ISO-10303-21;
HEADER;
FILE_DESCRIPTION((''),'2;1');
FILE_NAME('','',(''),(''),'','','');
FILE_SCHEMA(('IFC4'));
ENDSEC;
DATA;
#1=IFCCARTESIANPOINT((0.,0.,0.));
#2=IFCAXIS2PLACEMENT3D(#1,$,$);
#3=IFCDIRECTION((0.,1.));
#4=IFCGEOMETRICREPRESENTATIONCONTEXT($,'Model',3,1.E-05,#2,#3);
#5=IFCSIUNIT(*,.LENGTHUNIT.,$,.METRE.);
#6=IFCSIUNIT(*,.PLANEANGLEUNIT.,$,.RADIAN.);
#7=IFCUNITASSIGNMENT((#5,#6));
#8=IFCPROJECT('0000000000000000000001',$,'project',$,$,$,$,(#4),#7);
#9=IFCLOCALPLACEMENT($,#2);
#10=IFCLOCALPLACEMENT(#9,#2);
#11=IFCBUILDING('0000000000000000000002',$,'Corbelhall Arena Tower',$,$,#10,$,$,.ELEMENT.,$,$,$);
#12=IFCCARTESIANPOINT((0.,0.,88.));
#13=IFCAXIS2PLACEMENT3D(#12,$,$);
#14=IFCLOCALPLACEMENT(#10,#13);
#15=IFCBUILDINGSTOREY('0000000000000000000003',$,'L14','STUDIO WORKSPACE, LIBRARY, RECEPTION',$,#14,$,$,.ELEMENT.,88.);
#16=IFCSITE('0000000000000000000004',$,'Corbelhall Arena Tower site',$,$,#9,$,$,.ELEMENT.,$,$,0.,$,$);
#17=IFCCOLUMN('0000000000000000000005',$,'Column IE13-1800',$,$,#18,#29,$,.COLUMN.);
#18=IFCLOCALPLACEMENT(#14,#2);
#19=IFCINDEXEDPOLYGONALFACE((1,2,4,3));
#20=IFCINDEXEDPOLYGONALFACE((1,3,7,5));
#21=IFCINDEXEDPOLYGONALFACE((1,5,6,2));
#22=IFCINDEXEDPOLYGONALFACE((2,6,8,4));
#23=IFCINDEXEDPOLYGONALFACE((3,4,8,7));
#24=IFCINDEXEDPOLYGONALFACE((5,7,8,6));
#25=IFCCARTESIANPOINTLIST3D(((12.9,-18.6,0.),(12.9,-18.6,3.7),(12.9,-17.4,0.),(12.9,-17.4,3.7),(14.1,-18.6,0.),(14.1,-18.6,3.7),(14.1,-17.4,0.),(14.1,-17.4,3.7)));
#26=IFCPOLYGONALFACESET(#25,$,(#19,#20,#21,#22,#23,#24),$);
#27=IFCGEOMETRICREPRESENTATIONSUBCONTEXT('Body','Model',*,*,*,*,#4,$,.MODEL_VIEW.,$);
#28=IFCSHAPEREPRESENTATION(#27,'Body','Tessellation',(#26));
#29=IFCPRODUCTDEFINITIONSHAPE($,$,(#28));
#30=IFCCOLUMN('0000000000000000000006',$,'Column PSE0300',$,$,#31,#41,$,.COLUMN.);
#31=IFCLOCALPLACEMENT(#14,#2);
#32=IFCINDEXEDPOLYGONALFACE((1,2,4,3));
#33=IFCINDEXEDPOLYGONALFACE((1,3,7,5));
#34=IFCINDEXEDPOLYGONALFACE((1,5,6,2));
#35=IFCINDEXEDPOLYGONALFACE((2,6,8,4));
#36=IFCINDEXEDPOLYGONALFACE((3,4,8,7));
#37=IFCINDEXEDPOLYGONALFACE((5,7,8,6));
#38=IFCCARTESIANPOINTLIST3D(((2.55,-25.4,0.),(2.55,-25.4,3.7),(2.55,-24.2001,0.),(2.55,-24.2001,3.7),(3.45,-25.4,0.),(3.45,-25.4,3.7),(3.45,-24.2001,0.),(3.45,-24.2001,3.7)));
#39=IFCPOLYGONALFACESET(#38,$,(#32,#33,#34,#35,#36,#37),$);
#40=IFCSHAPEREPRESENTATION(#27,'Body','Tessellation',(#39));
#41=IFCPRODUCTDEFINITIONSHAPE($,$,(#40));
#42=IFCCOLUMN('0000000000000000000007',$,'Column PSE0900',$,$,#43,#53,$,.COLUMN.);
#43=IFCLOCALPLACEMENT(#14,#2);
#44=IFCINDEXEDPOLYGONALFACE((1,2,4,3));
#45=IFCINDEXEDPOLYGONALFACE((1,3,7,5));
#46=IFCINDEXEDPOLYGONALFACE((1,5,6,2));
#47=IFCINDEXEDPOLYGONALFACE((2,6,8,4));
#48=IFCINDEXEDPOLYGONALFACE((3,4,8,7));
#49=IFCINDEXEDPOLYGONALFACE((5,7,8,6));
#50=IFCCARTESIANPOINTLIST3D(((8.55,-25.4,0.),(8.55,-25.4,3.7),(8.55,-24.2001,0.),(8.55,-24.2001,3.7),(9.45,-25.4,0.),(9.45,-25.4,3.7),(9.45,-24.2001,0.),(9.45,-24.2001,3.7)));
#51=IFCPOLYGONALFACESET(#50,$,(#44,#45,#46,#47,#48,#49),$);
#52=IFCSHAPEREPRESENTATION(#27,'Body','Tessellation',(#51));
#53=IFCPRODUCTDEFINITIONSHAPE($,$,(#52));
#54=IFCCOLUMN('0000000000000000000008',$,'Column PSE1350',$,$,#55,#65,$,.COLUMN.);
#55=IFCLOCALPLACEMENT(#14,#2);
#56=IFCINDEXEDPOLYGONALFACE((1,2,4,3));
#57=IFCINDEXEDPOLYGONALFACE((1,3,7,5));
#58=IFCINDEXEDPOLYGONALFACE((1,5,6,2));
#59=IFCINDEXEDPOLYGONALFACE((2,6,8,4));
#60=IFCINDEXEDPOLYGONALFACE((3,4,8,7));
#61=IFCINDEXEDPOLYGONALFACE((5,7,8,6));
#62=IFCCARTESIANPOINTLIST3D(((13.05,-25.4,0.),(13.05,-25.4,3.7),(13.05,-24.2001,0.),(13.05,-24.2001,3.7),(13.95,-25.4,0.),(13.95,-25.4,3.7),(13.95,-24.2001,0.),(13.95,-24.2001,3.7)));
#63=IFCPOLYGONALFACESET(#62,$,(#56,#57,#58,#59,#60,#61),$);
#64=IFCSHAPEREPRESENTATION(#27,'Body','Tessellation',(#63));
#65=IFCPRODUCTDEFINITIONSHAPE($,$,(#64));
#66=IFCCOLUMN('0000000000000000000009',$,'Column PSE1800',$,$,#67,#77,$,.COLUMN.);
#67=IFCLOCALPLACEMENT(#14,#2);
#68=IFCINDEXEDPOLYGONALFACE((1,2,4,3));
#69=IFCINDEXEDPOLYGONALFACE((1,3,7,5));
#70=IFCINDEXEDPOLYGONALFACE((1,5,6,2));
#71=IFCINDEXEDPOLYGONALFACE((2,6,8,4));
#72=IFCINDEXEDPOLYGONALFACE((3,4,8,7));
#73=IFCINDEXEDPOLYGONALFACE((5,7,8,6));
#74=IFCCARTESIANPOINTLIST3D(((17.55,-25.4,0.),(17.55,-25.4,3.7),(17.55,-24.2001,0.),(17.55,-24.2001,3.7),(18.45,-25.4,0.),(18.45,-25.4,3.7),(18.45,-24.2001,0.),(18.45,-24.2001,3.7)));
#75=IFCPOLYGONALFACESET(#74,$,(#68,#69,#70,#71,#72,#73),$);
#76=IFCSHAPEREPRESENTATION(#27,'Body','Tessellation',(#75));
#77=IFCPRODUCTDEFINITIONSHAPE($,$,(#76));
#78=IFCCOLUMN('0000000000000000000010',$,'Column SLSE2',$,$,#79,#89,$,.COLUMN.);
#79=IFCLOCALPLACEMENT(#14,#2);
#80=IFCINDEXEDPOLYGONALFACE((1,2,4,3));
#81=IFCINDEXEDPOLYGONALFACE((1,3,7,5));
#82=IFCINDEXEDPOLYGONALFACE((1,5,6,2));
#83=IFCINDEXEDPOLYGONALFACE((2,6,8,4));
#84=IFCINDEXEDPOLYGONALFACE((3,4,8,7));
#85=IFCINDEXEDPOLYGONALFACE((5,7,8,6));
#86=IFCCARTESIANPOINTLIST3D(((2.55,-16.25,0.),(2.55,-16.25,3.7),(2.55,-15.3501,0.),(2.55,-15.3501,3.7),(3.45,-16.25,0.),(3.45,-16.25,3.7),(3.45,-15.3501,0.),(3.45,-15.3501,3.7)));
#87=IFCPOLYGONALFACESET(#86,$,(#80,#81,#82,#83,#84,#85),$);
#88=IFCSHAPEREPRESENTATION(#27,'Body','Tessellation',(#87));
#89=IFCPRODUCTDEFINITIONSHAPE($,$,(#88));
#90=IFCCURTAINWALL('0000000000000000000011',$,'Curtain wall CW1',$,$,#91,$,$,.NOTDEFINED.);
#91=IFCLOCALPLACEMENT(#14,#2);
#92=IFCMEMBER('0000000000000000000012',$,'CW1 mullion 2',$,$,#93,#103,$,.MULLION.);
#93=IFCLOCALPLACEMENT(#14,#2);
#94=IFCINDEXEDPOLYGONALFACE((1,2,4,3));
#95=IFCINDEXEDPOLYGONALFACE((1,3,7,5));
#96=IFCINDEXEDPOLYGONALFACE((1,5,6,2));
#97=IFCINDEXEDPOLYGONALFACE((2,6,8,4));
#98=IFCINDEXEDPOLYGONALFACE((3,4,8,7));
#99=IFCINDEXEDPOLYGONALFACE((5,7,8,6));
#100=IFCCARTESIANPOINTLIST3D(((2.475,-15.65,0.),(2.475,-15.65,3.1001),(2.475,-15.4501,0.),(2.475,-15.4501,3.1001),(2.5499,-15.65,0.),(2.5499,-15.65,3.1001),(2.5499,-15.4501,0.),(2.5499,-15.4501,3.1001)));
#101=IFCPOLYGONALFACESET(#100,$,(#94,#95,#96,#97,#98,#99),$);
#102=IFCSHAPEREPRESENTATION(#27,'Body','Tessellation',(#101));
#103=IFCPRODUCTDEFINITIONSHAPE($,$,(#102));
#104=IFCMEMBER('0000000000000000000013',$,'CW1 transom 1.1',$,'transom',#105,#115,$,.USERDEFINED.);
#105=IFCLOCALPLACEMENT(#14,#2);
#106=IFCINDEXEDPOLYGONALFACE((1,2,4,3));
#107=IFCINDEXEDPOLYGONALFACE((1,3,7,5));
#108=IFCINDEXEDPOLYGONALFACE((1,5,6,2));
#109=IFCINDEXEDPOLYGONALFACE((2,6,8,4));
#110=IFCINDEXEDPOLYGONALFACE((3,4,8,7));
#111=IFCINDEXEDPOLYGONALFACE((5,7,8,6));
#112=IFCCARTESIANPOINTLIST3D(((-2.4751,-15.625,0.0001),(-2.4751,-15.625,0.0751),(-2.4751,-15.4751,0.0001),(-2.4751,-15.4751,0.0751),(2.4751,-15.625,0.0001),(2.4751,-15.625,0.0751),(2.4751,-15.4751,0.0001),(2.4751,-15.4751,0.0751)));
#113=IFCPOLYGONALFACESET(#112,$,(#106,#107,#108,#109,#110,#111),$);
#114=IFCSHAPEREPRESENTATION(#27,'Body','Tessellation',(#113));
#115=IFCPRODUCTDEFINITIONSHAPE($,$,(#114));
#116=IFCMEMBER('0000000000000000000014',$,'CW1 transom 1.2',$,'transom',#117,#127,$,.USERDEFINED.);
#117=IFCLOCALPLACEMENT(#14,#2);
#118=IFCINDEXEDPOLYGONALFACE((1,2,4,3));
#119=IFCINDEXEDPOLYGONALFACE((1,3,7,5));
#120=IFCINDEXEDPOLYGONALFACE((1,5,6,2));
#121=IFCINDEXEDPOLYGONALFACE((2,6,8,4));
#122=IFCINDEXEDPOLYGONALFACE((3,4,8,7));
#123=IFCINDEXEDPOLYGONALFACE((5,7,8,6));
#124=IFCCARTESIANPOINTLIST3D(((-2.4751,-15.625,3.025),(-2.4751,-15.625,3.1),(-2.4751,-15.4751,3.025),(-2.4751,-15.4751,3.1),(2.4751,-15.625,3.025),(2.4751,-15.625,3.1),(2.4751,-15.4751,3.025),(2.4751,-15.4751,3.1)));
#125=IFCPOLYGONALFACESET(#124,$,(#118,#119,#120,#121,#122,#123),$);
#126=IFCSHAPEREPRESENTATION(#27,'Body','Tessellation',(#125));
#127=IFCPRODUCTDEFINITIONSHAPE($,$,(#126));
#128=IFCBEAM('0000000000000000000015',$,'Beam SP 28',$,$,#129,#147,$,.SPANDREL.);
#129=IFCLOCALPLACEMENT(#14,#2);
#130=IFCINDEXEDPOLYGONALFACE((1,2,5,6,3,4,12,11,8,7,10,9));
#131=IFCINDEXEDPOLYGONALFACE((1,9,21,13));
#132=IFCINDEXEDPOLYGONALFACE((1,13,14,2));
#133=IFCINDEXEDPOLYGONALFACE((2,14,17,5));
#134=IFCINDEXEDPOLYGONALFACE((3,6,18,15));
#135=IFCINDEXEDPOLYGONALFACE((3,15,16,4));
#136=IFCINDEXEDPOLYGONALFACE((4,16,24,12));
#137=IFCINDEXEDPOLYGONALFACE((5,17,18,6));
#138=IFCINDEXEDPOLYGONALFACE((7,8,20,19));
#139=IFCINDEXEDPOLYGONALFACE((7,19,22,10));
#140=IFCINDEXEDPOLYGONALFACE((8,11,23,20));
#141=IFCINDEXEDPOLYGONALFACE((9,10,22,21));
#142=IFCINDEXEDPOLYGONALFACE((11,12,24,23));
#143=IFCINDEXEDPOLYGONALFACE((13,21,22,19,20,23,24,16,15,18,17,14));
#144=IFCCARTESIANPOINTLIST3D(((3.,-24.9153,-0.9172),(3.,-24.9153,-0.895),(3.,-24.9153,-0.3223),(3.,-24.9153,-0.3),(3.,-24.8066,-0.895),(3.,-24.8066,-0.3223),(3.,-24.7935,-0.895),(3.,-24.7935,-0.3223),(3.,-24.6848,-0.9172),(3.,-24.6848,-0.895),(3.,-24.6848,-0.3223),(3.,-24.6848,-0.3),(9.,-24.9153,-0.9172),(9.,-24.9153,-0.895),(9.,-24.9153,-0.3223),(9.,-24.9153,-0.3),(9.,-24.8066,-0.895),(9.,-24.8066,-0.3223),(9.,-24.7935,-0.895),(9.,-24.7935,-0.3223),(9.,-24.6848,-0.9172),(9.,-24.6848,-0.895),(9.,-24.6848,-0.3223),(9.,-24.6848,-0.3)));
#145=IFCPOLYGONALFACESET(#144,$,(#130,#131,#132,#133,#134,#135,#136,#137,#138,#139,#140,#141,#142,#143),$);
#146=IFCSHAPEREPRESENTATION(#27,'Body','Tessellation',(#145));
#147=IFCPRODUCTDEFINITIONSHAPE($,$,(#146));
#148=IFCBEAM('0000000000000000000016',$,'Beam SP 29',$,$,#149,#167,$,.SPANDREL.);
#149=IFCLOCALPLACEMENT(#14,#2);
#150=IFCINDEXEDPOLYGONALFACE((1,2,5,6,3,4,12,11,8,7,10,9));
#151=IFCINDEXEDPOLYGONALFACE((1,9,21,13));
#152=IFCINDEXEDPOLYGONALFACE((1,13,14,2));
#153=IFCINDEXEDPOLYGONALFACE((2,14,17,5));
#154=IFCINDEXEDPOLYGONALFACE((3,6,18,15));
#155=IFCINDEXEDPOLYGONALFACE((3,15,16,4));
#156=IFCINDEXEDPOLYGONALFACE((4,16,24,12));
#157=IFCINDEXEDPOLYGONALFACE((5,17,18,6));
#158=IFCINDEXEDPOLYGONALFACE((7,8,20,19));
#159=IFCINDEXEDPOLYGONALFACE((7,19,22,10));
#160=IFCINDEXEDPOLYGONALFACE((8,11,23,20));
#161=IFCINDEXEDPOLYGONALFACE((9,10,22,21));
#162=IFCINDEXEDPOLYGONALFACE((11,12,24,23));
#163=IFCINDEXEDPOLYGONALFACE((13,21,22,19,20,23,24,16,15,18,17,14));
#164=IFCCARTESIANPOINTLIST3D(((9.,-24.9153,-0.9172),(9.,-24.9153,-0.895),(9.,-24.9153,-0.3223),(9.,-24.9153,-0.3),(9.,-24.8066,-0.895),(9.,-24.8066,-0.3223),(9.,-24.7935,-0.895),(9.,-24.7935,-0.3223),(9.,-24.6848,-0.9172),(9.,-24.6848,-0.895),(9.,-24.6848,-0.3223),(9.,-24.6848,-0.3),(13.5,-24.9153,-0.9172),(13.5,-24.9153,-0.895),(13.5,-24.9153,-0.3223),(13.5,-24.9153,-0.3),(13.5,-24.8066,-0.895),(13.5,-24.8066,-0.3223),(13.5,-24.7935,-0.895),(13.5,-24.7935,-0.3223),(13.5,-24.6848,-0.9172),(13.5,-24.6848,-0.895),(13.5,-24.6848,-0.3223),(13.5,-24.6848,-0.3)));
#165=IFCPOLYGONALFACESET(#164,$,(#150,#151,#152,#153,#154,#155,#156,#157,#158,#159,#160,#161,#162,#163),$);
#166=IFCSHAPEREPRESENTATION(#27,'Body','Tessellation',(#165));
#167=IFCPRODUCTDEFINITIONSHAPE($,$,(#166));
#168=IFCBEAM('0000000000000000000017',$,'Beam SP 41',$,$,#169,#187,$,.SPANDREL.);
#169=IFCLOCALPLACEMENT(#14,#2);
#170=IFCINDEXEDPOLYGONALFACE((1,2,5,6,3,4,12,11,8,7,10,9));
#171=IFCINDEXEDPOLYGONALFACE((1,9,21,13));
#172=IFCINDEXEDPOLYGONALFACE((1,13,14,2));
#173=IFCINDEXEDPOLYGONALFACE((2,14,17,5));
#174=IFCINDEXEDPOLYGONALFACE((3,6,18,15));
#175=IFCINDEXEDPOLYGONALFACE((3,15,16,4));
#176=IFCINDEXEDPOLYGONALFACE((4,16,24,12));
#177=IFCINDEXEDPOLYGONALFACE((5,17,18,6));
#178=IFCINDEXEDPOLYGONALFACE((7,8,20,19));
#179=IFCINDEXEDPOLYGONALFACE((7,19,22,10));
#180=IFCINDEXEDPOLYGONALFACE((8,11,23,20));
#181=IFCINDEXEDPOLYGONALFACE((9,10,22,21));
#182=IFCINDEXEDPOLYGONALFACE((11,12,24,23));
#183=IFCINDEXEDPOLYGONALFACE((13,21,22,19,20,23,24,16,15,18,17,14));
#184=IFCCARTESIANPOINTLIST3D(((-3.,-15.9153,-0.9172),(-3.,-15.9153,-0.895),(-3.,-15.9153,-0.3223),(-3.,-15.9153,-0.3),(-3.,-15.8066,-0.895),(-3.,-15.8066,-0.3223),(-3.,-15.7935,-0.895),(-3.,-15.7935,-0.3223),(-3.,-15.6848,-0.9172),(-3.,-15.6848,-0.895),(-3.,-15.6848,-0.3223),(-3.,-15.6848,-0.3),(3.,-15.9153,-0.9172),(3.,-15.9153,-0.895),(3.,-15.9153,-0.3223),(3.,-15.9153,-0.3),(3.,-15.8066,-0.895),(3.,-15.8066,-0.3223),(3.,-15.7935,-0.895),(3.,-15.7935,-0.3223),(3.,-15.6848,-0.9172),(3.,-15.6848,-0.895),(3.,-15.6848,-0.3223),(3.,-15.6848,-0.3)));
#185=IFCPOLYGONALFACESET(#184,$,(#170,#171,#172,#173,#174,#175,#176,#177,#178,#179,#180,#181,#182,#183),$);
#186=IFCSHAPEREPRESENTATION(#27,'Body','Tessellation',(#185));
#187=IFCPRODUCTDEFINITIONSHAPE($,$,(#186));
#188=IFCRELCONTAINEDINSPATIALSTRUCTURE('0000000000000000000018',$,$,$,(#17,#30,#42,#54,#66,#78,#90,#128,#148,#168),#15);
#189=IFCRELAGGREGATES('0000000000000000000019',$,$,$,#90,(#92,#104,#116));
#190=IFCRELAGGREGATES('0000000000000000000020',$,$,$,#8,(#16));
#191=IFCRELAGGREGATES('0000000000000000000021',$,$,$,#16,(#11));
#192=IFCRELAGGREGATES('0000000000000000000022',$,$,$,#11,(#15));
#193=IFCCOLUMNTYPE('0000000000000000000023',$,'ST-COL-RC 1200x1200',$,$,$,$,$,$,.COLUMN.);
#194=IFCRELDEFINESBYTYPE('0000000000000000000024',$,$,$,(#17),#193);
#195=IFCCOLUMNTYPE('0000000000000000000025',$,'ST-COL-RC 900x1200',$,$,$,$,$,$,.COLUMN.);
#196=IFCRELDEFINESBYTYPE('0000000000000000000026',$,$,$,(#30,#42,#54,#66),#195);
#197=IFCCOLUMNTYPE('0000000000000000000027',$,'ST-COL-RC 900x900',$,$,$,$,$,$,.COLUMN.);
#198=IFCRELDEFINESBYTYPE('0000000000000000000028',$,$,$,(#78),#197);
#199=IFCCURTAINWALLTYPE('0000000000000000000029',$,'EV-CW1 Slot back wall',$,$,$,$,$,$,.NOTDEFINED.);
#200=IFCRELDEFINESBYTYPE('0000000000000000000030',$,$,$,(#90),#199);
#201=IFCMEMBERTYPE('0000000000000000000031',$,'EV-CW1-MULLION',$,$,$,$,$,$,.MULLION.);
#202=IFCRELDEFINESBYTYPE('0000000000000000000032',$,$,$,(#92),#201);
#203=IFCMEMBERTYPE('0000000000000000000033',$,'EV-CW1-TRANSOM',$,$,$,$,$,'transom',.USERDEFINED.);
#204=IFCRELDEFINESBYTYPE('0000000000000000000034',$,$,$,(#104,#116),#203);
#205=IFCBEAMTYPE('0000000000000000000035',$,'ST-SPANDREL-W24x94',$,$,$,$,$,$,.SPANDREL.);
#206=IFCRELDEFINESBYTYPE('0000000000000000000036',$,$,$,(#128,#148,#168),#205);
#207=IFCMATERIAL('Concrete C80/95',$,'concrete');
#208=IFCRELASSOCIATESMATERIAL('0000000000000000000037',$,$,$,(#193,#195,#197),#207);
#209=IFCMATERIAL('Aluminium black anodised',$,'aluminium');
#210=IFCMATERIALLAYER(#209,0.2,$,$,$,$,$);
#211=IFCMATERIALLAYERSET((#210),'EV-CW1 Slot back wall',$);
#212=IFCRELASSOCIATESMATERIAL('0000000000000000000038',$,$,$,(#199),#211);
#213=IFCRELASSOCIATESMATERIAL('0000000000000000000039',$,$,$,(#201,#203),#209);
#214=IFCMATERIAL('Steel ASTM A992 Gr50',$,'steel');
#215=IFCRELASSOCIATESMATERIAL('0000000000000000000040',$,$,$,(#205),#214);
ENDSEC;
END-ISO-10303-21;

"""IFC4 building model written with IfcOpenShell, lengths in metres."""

from ifc_helpers import new_model, si_unit, direction, frame, origin, origin_2d, place, context, subcontext, project, spatial, rectangle, i_section, extrude, material, layer, layer_set, material_profile, profile_set, type_object, element, aggregate, save


model = new_model("IFC4")

# Units and contexts
model_context = context("Model", 3, precision=1e-05, world=origin(), true_north=direction((0.0, 1.0)))
body_context = subcontext(model_context, "Body", "Model", "MODEL_VIEW")
ifc_project = project(units=[si_unit("LENGTHUNIT", "METRE"), si_unit("PLANEANGLEUNIT", "RADIAN")], contexts=[model_context])

# Site, building, storey
site_placement = place(None, origin())
site = spatial("IfcSite", under=ifc_project, at=site_placement, Name="Corbelhall Arena Tower site", CompositionType="ELEMENT", RefElevation=0.0)
building_placement = place(site_placement, origin())
building = spatial("IfcBuilding", under=site, at=building_placement, Name="Corbelhall Arena Tower", CompositionType="ELEMENT")
storey_placement = place(building_placement, frame((0.0, 0.0, 88.0)))
storey = spatial("IfcBuildingStorey", under=building, at=storey_placement, Name="L14", Description="STUDIO WORKSPACE, LIBRARY, RECEPTION", CompositionType="ELEMENT", Elevation=88.0)

# Columns
ifc_material_1 = material(Name="Concrete C80/95", Category="concrete")
ifc_material_profile_1 = material_profile(ifc_material_1, rectangle(XDim=1.2, YDim=1.2, at=origin_2d()))
ifc_profile_set_1 = profile_set([ifc_material_profile_1], Name="Concrete C80/95")
column_type_1 = type_object("IfcColumnType", Name="ST-COL-RC 1200x1200", PredefinedType="COLUMN", material=ifc_profile_set_1)
column_1_placement = place(storey_placement, frame((13.5, -18.0, 0.0), z_axis=(0.0, 0.0, 1.0), x_axis=(1.0, 0.0, 0.0)))
element("IfcColumn", 1, at=column_1_placement, inside=storey, type_object=column_type_1, Name="Column IE13-1800", PredefinedType="COLUMN", context=body_context, shape_type="SweptSolid", body=[
    extrude(rectangle(XDim=1.2, YDim=1.2, at=origin_2d()), origin(), (0.0, 0.0, 1.0), 3.7),
])
ifc_material_profile_2 = material_profile(ifc_material_1, rectangle(XDim=0.8999, YDim=1.2, at=origin_2d()))
ifc_profile_set_2 = profile_set([ifc_material_profile_2], Name="Concrete C80/95")
column_type_2 = type_object("IfcColumnType", Name="ST-COL-RC 900x1200", PredefinedType="COLUMN", material=ifc_profile_set_2)
for number, where, z_axis, x_axis, name in (
    (2, (3.0, -24.8, 0.0), (0.0, 0.0, 1.0), (1.0, 0.0, 0.0), "Column PSE0300"),
    (3, (9.0, -24.8, 0.0), (0.0, 0.0, 1.0), (1.0, 0.0, 0.0), "Column PSE0900"),
    (4, (13.5, -24.8, 0.0), (0.0, 0.0, 1.0), (1.0, 0.0, 0.0), "Column PSE1350"),
    (5, (18.0, -24.8, 0.0), (0.0, 0.0, 1.0), (1.0, 0.0, 0.0), "Column PSE1800"),
):
    element("IfcColumn", number, at=place(storey_placement, frame(where, z_axis=z_axis, x_axis=x_axis)), inside=storey, type_object=column_type_2, Name=name, PredefinedType="COLUMN", context=body_context, shape_type="SweptSolid", body=[
        extrude(rectangle(XDim=0.8999, YDim=1.2, at=origin_2d()), origin(), (0.0, 0.0, 1.0), 3.7),
    ])
ifc_material_profile_3 = material_profile(ifc_material_1, rectangle(XDim=0.8999, YDim=0.8999, at=origin_2d()))
ifc_profile_set_3 = profile_set([ifc_material_profile_3], Name="Concrete C80/95")
column_type_3 = type_object("IfcColumnType", Name="ST-COL-RC 900x900", PredefinedType="COLUMN", material=ifc_profile_set_3)
column_2_placement = place(storey_placement, frame((3.0, -15.8, 0.0), z_axis=(0.0, 0.0, 1.0), x_axis=(1.0, 0.0, 0.0)))
element("IfcColumn", 6, at=column_2_placement, inside=storey, type_object=column_type_3, Name="Column SLSE2", PredefinedType="COLUMN", context=body_context, shape_type="SweptSolid", body=[
    extrude(rectangle(XDim=0.8999, YDim=0.8999, at=origin_2d()), origin(), (0.0, 0.0, 1.0), 3.7),
])

# Curtain wall, members
ifc_material_2 = material(Name="Aluminium black anodised", Category="aluminium")
ifc_layer_1 = layer(ifc_material_2, 0.2)
ifc_layer_set_1 = layer_set([ifc_layer_1], Name="EV-CW1 Slot back wall")
curtain_wall_type = type_object("IfcCurtainWallType", Name="EV-CW1 Slot back wall", PredefinedType="NOTDEFINED", material=ifc_layer_set_1)
curtain_wall_placement = place(storey_placement, origin())
curtain_wall = element("IfcCurtainWall", 7, at=curtain_wall_placement, inside=storey, type_object=curtain_wall_type, Name="Curtain wall CW1", PredefinedType="NOTDEFINED")
ifc_material_profile_4 = material_profile(ifc_material_2, rectangle(XDim=0.2, YDim=0.075, at=origin_2d()))
ifc_profile_set_4 = profile_set([ifc_material_profile_4], Name="Aluminium black anodised")
member_type_1 = type_object("IfcMemberType", Name="EV-CW1-MULLION", PredefinedType="MULLION", material=ifc_profile_set_4)
member_1_placement = place(storey_placement, frame((2.5125, -15.55, 0.0), z_axis=(0.0, 0.0, 1.0), x_axis=(0.0, 1.0, 0.0)))
member_1 = element("IfcMember", 8, at=member_1_placement, type_object=member_type_1, Name="CW1 mullion 2", PredefinedType="MULLION", context=body_context, shape_type="SweptSolid", body=[
    extrude(rectangle(XDim=0.2, YDim=0.075, at=origin_2d()), origin(), (0.0, 0.0, 1.0), 3.1001),
])
ifc_material_profile_5 = material_profile(ifc_material_2, rectangle(XDim=0.1499, YDim=0.075, at=origin_2d()))
ifc_profile_set_5 = profile_set([ifc_material_profile_5], Name="Aluminium black anodised")
member_type_2 = type_object("IfcMemberType", Name="EV-CW1-TRANSOM", ElementType="transom", PredefinedType="USERDEFINED", material=ifc_profile_set_5)
member_2_placement = place(storey_placement, frame((-2.4751, -15.55, 0.0376), z_axis=(1.0, 0.0, 0.0), x_axis=(0.0, 1.0, 0.0)))
member_2 = element("IfcMember", 9, at=member_2_placement, type_object=member_type_2, Name="CW1 transom 1.1", ObjectType="transom", PredefinedType="USERDEFINED", context=body_context, shape_type="SweptSolid", body=[
    extrude(rectangle(XDim=0.1499, YDim=0.075, at=origin_2d()), origin(), (0.0, 0.0, 1.0), 4.9502),
])
member_3_placement = place(storey_placement, frame((-2.4751, -15.55, 3.0625), z_axis=(1.0, 0.0, 0.0), x_axis=(0.0, 1.0, 0.0)))
member_3 = element("IfcMember", 10, at=member_3_placement, type_object=member_type_2, Name="CW1 transom 1.2", ObjectType="transom", PredefinedType="USERDEFINED", context=body_context, shape_type="SweptSolid", body=[
    extrude(rectangle(XDim=0.1499, YDim=0.075, at=origin_2d()), origin(), (0.0, 0.0, 1.0), 4.9502),
])

# Beams
ifc_material_3 = material(Name="Steel ASTM A992 Gr50", Category="steel")
ifc_material_profile_6 = material_profile(ifc_material_3, i_section(OverallWidth=0.2305, OverallDepth=0.6172, WebThickness=0.0132, FlangeThickness=0.0222, at=origin_2d()))
ifc_profile_set_6 = profile_set([ifc_material_profile_6], Name="Steel ASTM A992 Gr50")
beam_type_1 = type_object("IfcBeamType", Name="ST-SPANDREL-W24x94", PredefinedType="SPANDREL", material=ifc_profile_set_6)
beam_1_placement = place(storey_placement, frame((9.0, -24.8, -0.6086), z_axis=(-1.0, 0.0, 0.0), x_axis=(0.0, -1.0, 0.0)))
element("IfcBeam", 11, at=beam_1_placement, inside=storey, type_object=beam_type_1, Name="Beam SP 28", PredefinedType="SPANDREL", context=body_context, shape_type="SweptSolid", body=[
    extrude(i_section(OverallWidth=0.2305, OverallDepth=0.6172, WebThickness=0.0132, FlangeThickness=0.0222, at=origin_2d()), origin(), (0.0, 0.0, 1.0), 6.0),
])
beam_2_placement = place(storey_placement, frame((13.5, -24.8, -0.6086), z_axis=(-1.0, 0.0, 0.0), x_axis=(0.0, -1.0, 0.0)))
element("IfcBeam", 12, at=beam_2_placement, inside=storey, type_object=beam_type_1, Name="Beam SP 29", PredefinedType="SPANDREL", context=body_context, shape_type="SweptSolid", body=[
    extrude(i_section(OverallWidth=0.2305, OverallDepth=0.6172, WebThickness=0.0132, FlangeThickness=0.0222, at=origin_2d()), origin(), (0.0, 0.0, 1.0), 4.5),
])
beam_3_placement = place(storey_placement, frame((3.0, -15.8, -0.6086), z_axis=(-1.0, 0.0, 0.0), x_axis=(0.0, -1.0, 0.0)))
element("IfcBeam", 13, at=beam_3_placement, inside=storey, type_object=beam_type_1, Name="Beam SP 41", PredefinedType="SPANDREL", context=body_context, shape_type="SweptSolid", body=[
    extrude(i_section(OverallWidth=0.2305, OverallDepth=0.6172, WebThickness=0.0132, FlangeThickness=0.0222, at=origin_2d()), origin(), (0.0, 0.0, 1.0), 6.0),
])

aggregate(curtain_wall, [member_1, member_2, member_3])

save(model, "model.ifc")
